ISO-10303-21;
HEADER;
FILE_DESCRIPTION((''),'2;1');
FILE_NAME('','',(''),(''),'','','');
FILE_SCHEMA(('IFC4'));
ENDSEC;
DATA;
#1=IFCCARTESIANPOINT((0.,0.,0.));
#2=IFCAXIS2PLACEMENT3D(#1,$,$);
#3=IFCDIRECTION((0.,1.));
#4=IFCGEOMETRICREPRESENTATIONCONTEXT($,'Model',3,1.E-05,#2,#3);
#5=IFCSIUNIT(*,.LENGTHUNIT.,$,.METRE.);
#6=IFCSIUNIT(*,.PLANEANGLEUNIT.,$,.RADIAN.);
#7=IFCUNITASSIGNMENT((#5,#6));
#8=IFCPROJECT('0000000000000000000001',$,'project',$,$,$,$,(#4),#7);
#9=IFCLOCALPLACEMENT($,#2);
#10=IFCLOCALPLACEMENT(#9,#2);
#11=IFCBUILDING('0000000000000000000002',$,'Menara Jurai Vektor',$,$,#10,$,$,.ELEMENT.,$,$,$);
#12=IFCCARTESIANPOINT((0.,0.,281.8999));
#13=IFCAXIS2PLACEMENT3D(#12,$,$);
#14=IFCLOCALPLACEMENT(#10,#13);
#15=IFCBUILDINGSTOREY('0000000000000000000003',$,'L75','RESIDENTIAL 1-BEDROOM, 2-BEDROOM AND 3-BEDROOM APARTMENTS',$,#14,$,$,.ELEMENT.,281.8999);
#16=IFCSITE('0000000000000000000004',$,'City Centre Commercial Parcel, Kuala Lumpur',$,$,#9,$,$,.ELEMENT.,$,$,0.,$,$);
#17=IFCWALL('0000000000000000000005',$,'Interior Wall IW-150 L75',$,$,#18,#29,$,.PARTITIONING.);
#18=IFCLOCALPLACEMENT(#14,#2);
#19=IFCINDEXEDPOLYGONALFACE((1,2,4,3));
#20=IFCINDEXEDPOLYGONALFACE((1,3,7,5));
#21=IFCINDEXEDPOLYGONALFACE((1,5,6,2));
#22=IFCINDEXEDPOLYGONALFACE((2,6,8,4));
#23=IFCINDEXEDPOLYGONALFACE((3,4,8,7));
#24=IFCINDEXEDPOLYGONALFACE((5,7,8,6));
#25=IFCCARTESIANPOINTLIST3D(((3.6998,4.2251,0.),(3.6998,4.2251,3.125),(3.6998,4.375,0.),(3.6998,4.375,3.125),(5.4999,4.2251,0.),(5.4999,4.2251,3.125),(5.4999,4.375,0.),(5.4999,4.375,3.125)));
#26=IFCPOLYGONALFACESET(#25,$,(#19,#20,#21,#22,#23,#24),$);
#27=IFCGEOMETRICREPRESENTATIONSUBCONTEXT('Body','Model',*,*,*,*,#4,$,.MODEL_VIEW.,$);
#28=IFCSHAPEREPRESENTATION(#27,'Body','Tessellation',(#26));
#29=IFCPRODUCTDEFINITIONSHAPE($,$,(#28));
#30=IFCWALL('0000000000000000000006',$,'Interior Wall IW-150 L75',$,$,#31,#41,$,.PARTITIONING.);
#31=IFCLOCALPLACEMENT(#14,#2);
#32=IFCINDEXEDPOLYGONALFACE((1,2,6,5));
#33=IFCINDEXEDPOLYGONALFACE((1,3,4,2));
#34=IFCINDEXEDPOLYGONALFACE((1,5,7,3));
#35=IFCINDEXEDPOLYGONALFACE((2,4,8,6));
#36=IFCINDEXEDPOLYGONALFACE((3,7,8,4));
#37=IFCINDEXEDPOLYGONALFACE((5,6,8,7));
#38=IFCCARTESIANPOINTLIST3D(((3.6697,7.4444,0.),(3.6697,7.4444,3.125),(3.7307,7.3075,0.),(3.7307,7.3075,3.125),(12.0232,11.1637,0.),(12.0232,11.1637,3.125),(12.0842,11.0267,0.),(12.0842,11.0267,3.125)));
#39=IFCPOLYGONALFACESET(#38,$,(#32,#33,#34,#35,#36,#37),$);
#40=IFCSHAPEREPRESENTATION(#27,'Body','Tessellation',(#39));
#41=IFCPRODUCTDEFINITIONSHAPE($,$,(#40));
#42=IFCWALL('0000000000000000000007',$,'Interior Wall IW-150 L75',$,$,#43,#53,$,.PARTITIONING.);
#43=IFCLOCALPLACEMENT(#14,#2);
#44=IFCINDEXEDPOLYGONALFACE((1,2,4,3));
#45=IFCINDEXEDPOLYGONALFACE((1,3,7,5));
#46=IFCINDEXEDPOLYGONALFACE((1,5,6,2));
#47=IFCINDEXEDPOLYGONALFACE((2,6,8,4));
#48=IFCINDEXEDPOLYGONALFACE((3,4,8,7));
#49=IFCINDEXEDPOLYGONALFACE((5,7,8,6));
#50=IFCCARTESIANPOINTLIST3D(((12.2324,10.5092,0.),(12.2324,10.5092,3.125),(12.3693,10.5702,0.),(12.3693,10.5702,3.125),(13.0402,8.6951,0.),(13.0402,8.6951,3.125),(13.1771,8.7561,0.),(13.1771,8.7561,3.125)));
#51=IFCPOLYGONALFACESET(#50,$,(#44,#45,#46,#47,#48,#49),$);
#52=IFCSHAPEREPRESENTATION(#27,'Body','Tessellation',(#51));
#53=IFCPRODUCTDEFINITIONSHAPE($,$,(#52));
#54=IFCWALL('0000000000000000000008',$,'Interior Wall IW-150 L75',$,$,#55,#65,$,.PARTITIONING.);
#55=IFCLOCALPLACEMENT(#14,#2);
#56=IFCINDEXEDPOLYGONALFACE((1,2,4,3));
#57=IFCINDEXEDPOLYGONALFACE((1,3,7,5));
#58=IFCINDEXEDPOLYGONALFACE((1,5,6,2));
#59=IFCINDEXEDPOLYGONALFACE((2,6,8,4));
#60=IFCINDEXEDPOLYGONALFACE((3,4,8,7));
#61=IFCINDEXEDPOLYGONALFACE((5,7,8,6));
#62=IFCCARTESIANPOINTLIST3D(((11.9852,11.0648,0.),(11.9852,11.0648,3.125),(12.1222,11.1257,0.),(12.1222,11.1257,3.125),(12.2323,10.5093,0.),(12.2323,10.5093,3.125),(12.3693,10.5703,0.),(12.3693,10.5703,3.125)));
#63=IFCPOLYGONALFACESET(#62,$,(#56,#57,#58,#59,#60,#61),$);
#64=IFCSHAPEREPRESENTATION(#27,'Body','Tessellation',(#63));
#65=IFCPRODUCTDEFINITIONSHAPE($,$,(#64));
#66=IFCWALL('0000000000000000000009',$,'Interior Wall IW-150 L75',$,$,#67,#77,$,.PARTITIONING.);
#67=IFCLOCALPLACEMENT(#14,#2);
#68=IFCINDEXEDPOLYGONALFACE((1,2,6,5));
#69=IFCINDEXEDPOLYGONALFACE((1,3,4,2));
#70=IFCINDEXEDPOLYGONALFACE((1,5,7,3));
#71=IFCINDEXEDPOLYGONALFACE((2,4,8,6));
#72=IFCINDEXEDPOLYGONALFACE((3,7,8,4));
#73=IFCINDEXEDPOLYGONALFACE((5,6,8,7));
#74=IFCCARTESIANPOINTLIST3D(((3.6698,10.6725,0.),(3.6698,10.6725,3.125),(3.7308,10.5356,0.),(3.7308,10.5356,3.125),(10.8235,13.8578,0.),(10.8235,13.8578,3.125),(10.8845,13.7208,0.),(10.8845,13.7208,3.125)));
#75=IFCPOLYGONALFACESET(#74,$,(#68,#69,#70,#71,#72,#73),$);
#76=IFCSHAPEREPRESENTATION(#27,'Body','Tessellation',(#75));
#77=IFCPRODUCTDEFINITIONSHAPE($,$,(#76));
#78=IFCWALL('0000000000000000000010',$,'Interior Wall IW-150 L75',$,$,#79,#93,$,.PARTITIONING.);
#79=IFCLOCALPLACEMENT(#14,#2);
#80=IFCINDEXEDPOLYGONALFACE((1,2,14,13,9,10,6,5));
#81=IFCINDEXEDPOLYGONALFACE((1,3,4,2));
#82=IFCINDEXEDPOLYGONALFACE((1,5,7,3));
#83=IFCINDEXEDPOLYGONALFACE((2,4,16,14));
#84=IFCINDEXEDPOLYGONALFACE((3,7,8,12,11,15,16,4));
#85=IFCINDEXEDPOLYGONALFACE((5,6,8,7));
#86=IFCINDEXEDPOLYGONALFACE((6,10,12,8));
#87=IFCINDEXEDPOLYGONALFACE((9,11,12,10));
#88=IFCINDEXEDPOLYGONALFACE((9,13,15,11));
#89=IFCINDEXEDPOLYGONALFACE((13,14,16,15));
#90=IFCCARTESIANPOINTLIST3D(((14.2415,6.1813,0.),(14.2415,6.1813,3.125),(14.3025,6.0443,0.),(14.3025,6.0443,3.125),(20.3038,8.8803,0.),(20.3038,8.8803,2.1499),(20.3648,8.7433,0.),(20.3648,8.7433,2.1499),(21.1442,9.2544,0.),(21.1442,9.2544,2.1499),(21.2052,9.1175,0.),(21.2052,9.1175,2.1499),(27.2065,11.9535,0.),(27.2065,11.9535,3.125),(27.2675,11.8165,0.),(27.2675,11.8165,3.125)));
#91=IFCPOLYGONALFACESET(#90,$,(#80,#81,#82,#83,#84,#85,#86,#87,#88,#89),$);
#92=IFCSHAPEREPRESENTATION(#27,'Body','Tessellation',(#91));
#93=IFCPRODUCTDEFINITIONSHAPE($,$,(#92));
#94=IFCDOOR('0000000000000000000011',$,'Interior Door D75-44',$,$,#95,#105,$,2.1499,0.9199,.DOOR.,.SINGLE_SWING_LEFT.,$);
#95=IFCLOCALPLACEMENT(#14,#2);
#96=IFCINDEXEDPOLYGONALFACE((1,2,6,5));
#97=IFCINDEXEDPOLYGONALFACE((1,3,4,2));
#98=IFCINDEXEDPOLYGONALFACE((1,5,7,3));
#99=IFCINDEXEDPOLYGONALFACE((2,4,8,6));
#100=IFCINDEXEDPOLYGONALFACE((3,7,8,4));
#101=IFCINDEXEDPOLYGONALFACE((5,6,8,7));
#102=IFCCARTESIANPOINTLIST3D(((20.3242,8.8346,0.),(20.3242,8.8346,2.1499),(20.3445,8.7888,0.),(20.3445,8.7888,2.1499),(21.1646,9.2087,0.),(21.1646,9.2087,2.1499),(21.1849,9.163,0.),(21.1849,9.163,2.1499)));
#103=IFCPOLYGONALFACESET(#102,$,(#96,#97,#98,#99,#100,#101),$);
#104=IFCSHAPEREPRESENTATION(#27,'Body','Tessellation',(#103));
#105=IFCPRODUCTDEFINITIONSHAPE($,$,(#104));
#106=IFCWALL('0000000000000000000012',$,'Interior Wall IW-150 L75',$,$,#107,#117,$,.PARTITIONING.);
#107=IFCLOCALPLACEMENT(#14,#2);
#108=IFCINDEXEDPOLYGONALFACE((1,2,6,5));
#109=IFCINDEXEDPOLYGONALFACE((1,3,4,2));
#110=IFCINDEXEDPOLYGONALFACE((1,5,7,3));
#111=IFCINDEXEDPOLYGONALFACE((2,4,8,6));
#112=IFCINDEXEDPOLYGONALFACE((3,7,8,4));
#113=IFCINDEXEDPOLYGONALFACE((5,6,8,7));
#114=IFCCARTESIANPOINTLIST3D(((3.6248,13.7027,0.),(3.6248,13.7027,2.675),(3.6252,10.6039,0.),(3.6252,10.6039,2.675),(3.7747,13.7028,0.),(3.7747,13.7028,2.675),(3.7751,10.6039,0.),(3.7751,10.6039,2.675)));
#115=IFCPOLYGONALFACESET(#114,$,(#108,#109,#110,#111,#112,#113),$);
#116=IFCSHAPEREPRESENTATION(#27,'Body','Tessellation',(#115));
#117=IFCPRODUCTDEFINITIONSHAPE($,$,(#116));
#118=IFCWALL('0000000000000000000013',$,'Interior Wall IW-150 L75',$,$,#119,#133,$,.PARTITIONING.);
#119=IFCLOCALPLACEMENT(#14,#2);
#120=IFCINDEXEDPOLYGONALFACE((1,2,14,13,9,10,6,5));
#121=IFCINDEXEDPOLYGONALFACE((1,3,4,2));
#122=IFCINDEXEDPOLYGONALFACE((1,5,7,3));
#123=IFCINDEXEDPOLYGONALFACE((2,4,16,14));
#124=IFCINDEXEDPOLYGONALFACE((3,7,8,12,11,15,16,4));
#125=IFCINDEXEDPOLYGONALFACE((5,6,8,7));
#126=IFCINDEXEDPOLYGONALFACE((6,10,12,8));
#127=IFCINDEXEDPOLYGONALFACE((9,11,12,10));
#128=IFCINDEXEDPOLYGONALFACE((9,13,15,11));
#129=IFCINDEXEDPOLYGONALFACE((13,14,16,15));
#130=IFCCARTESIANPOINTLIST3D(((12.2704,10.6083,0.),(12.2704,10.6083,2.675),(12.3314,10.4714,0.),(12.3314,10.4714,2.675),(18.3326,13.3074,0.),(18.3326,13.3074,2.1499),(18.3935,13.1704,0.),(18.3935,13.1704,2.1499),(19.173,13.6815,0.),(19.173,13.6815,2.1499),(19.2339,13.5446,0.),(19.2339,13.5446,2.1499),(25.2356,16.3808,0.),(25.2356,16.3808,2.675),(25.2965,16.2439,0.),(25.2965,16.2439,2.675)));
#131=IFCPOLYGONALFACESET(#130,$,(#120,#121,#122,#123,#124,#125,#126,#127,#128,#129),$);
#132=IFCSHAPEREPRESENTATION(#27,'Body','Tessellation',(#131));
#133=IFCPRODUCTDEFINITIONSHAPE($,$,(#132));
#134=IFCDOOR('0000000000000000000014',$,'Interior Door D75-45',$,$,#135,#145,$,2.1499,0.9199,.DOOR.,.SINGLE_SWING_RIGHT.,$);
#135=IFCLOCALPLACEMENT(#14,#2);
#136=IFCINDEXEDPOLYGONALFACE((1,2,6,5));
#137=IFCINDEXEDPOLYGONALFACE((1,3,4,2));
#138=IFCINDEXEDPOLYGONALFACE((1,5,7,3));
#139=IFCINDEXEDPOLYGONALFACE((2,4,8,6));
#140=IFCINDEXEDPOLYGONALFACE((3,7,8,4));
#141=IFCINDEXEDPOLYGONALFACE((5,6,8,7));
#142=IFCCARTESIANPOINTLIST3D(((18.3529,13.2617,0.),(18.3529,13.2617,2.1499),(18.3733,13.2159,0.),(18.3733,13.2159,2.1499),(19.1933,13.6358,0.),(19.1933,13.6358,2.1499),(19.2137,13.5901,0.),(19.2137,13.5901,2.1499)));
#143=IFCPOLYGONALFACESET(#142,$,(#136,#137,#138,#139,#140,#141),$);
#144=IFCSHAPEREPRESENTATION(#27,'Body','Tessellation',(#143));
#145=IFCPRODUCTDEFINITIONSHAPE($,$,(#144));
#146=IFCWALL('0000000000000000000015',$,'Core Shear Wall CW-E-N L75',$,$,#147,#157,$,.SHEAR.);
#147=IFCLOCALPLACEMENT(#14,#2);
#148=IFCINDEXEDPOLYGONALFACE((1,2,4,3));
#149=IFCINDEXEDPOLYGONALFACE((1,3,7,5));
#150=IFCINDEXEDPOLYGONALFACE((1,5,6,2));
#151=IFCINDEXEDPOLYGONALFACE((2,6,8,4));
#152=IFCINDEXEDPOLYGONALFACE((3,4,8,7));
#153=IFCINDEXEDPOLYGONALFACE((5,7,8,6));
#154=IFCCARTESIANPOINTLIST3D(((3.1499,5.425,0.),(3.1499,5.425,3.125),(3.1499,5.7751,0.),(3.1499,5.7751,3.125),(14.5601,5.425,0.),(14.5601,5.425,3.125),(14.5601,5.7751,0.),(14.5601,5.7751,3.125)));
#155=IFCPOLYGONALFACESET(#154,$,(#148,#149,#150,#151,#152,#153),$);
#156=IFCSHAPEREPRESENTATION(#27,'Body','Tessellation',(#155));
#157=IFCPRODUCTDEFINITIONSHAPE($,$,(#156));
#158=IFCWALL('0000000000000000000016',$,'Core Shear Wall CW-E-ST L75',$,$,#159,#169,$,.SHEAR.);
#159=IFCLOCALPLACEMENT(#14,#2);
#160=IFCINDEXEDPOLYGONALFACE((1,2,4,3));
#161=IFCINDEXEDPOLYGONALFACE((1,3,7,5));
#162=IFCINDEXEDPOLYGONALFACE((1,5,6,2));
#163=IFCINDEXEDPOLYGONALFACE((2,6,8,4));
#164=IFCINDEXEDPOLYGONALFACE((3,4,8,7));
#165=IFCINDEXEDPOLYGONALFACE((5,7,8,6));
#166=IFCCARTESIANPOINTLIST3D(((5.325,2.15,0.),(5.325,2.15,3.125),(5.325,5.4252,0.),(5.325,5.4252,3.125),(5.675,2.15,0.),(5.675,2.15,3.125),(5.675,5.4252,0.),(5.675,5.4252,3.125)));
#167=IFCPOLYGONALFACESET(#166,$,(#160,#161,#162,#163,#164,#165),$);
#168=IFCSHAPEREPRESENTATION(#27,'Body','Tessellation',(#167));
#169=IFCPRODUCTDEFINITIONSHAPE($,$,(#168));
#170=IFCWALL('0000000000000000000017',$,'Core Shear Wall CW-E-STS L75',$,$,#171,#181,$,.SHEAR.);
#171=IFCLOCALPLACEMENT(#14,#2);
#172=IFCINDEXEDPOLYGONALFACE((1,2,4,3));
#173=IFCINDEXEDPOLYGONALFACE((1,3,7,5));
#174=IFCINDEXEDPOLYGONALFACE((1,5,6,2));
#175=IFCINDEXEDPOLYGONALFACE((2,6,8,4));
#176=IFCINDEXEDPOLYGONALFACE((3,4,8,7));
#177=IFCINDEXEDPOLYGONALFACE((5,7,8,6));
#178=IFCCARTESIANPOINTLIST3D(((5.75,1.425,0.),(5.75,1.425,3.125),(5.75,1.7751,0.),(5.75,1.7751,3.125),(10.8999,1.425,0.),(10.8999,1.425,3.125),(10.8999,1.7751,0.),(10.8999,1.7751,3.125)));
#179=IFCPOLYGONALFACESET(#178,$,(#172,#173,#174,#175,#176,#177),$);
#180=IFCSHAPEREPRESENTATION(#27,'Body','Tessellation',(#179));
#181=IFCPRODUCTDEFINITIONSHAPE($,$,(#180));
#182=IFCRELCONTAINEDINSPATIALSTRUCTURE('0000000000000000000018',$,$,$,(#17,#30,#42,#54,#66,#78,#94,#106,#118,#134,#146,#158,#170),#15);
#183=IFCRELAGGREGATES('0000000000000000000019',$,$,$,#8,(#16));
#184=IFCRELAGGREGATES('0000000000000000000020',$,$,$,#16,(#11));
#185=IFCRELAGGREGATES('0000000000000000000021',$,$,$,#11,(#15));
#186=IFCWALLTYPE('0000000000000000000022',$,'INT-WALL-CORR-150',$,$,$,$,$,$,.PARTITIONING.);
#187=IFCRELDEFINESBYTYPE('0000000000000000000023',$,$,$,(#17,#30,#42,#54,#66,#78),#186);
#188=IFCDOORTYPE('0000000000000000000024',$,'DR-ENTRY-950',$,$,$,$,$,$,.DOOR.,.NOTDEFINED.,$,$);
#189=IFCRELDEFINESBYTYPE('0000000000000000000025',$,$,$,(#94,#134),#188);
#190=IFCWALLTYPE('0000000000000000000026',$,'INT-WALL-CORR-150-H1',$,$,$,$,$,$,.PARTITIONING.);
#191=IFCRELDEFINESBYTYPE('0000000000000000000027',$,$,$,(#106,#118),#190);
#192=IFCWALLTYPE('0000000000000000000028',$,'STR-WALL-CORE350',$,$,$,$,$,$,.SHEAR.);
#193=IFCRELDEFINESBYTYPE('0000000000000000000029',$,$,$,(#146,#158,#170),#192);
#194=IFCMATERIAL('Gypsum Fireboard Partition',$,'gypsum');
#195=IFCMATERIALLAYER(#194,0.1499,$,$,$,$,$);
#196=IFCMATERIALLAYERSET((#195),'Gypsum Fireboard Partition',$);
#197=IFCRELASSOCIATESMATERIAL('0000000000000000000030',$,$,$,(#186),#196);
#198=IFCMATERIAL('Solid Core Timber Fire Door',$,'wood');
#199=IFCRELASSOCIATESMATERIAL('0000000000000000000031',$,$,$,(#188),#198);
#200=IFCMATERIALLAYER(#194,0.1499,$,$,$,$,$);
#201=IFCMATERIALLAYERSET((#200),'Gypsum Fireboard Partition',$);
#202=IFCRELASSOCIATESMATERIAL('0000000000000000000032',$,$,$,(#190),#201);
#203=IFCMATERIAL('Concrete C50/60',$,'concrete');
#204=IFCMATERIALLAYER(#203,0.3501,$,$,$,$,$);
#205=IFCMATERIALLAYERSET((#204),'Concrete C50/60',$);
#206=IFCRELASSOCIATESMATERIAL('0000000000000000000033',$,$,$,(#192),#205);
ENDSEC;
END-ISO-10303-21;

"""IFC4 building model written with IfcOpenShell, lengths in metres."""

from ifc_helpers import new_model, si_unit, direction, frame, frame_2d, origin, place, context, subcontext, project, spatial, rectangle, extrude, material, layer, layer_set, type_object, element, fill, save


model = new_model("IFC4")

# Units and contexts
model_context = context("Model", 3, precision=1e-05, world=origin(), true_north=direction((0.0, 1.0)))
body_context = subcontext(model_context, "Body", "Model", "MODEL_VIEW")
ifc_project = project(units=[si_unit("LENGTHUNIT", "METRE"), si_unit("PLANEANGLEUNIT", "RADIAN")], contexts=[model_context])

# Site, building, storey
site_placement = place(None, origin())
site = spatial("IfcSite", under=ifc_project, at=site_placement, Name="City Centre Commercial Parcel, Kuala Lumpur", CompositionType="ELEMENT", RefElevation=0.0)
building_placement = place(site_placement, origin())
building = spatial("IfcBuilding", under=site, at=building_placement, Name="Menara Jurai Vektor", CompositionType="ELEMENT")
storey_placement = place(building_placement, frame((0.0, 0.0, 281.8999)))
storey = spatial("IfcBuildingStorey", under=building, at=storey_placement, Name="L75", Description="RESIDENTIAL 1-BEDROOM, 2-BEDROOM AND 3-BEDROOM APARTMENTS", CompositionType="ELEMENT", Elevation=281.8999)

# Shared definitions
ifc_material_1 = material(Name="Concrete C50/60", Category="concrete")

# Wall
ifc_material_2 = material(Name="Gypsum Fireboard Partition", Category="gypsum")
ifc_layer_1 = layer(ifc_material_2, 0.1499)
ifc_layer_set_1 = layer_set([ifc_layer_1], Name="Gypsum Fireboard Partition")
wall_type_1 = type_object("IfcWallType", Name="INT-WALL-CORR-150", PredefinedType="PARTITIONING", material=ifc_layer_set_1)
wall_1_placement = place(storey_placement, frame((3.7, 4.3, 0.0), z_axis=(0.0, 0.0, 1.0), x_axis=(1.0, 0.0, 0.0)))
element("IfcWall", 1, at=wall_1_placement, inside=storey, type_object=wall_type_1, Name="Interior Wall IW-150 L75", PredefinedType="PARTITIONING", context=body_context, shape_type="SweptSolid", body=[
    extrude(rectangle(XDim=1.8, YDim=0.1499, at=frame_2d((0.8999, 0.0))), origin(), (0.0, 0.0, 1.0), 3.125),
])

# Shared definitions
ifc_material_3 = material(Name="Solid Core Timber Fire Door", Category="wood")
door_type_1 = type_object("IfcDoorType", Name="DR-ENTRY-950", OperationType="NOTDEFINED", PredefinedType="DOOR", material=ifc_material_3)

# Walls
wall_2_placement = place(storey_placement, frame((3.7002, 7.376, 0.0), z_axis=(0.0, 0.0, 1.0), x_axis=(0.913545, 0.406738, 0.0)))
element("IfcWall", 2, at=wall_2_placement, inside=storey, type_object=wall_type_1, Name="Interior Wall IW-150 L75", PredefinedType="PARTITIONING", context=body_context, shape_type="SweptSolid", body=[
    extrude(rectangle(XDim=9.144, YDim=0.1499, at=frame_2d((4.572, 0.0))), origin(), (0.0, 0.0, 1.0), 3.125),
])
wall_3_placement = place(storey_placement, frame((13.1086, 8.7256, 0.0), z_axis=(0.0, 0.0, 1.0), x_axis=(-0.406789, 0.913522, 0.0)))
element("IfcWall", 3, at=wall_3_placement, inside=storey, type_object=wall_type_1, Name="Interior Wall IW-150 L75", PredefinedType="PARTITIONING", context=body_context, shape_type="SweptSolid", body=[
    extrude(rectangle(XDim=1.9858, YDim=0.1499, at=frame_2d((0.9929, 0.0))), origin(), (0.0, 0.0, 1.0), 3.125),
])
wall_4_placement = place(storey_placement, frame((12.3008, 10.5398, 0.0), z_axis=(0.0, 0.0, 1.0), x_axis=(-0.406437, 0.913679, 0.0)))
element("IfcWall", 4, at=wall_4_placement, inside=storey, type_object=wall_type_1, Name="Interior Wall IW-150 L75", PredefinedType="PARTITIONING", context=body_context, shape_type="SweptSolid", body=[
    extrude(rectangle(XDim=0.6079, YDim=0.1499, at=frame_2d((0.304, 0.0))), origin(), (0.0, 0.0, 1.0), 3.125),
])
wall_5_placement = place(storey_placement, frame((3.7002, 10.604, 0.0), z_axis=(0.0, 0.0, 1.0), x_axis=(0.913535, 0.40676, 0.0)))
element("IfcWall", 5, at=wall_5_placement, inside=storey, type_object=wall_type_1, Name="Interior Wall IW-150 L75", PredefinedType="PARTITIONING", context=body_context, shape_type="SweptSolid", body=[
    extrude(rectangle(XDim=7.8308, YDim=0.1499, at=frame_2d((3.9155, 0.0))), origin(), (0.0, 0.0, 1.0), 3.125),
])

# Wall, opening, door
wall_6_placement = place(storey_placement, frame((14.272, 6.1128, 0.0), z_axis=(0.0, 0.0, 1.0), x_axis=(0.913551, 0.406724, 0.0)))
wall_6 = element("IfcWall", 6, at=wall_6_placement, inside=storey, type_object=wall_type_1, Name="Interior Wall IW-150 L75", PredefinedType="PARTITIONING", context=body_context, shape_type="SweptSolid", body=[
    extrude(rectangle(XDim=14.1919, YDim=0.1499, at=frame_2d((7.0959, 0.0))), origin(), (0.0, 0.0, 1.0), 3.125),
])
opening_1_placement = place(wall_6_placement, frame((6.636, 0.0, 0.0)))
opening_1 = element("IfcOpeningElement", 7, at=opening_1_placement, cuts=wall_6, PredefinedType="OPENING", context=body_context, shape_type="SweptSolid", body=[
    extrude(rectangle(XDim=0.9199, YDim=2.1499, at=frame_2d((0.46, 1.075))), frame((0.0, 0.085, 0.0), z_axis=(0.0, -1.0, 0.0), x_axis=(1.0, 0.0, 0.0)), (0.0, 0.0, 1.0), 0.1699),
])
door_1_placement = place(opening_1_placement, origin())
door_1 = element("IfcDoor", 8, at=door_1_placement, inside=storey, type_object=door_type_1, Name="Interior Door D75-44", OperationType="SINGLE_SWING_LEFT", OverallHeight=2.1499, OverallWidth=0.9199, PredefinedType="DOOR", context=body_context, shape_type="SweptSolid", body=[
    extrude(rectangle(XDim=0.9199, YDim=2.1499, at=frame_2d((0.46, 1.075))), frame((0.0, 0.0249, 0.0), z_axis=(0.0, -1.0, 0.0), x_axis=(1.0, 0.0, 0.0)), (0.0, 0.0, 1.0), 0.05),
])
fill(opening_1, door_1)
ifc_layer_2 = layer(ifc_material_2, 0.1499)
ifc_layer_set_2 = layer_set([ifc_layer_2], Name="Gypsum Fireboard Partition")
wall_type_2 = type_object("IfcWallType", Name="INT-WALL-CORR-150-H1", PredefinedType="PARTITIONING", material=ifc_layer_set_2)

# Wall
wall_7_placement = place(storey_placement, frame((3.7002, 10.604, 0.0), z_axis=(0.0, 0.0, 1.0), x_axis=(-0.000158, 1.0, 0.0)))
element("IfcWall", 9, at=wall_7_placement, inside=storey, type_object=wall_type_2, Name="Interior Wall IW-150 L75", PredefinedType="PARTITIONING", context=body_context, shape_type="SweptSolid", body=[
    extrude(rectangle(XDim=3.0989, YDim=0.1499, at=frame_2d((1.5493, 0.0))), origin(), (0.0, 0.0, 1.0), 2.675),
])

# Wall, opening, door
wall_8_placement = place(storey_placement, frame((12.3008, 10.5398, 0.0), z_axis=(0.0, 0.0, 1.0), x_axis=(0.913545, 0.406739, 0.0)))
wall_8 = element("IfcWall", 10, at=wall_8_placement, inside=storey, type_object=wall_type_2, Name="Interior Wall IW-150 L75", PredefinedType="PARTITIONING", context=body_context, shape_type="SweptSolid", body=[
    extrude(rectangle(XDim=14.1921, YDim=0.1499, at=frame_2d((7.0962, 0.0))), origin(), (0.0, 0.0, 1.0), 2.675),
])
opening_2_placement = place(wall_8_placement, frame((6.636, 0.0, 0.0)))
opening_2 = element("IfcOpeningElement", 11, at=opening_2_placement, cuts=wall_8, PredefinedType="OPENING", context=body_context, shape_type="SweptSolid", body=[
    extrude(rectangle(XDim=0.9199, YDim=2.1499, at=frame_2d((0.46, 1.075))), frame((0.0, 0.085, 0.0), z_axis=(0.0, -1.0, 0.0), x_axis=(1.0, 0.0, 0.0)), (0.0, 0.0, 1.0), 0.1699),
])
door_2_placement = place(opening_2_placement, origin())
door_2 = element("IfcDoor", 12, at=door_2_placement, inside=storey, type_object=door_type_1, Name="Interior Door D75-45", OperationType="SINGLE_SWING_RIGHT", OverallHeight=2.1499, OverallWidth=0.9199, PredefinedType="DOOR", context=body_context, shape_type="SweptSolid", body=[
    extrude(rectangle(XDim=0.9199, YDim=2.1499, at=frame_2d((0.46, 1.075))), frame((0.0, 0.0249, 0.0), z_axis=(0.0, -1.0, 0.0), x_axis=(1.0, 0.0, 0.0)), (0.0, 0.0, 1.0), 0.05),
])
fill(opening_2, door_2)

# Walls
ifc_layer_3 = layer(ifc_material_1, 0.3501)
ifc_layer_set_3 = layer_set([ifc_layer_3], Name="Concrete C50/60")
wall_type_3 = type_object("IfcWallType", Name="STR-WALL-CORE350", PredefinedType="SHEAR", material=ifc_layer_set_3)
wall_9_placement = place(storey_placement, frame((3.1499, 5.6001, 0.0), z_axis=(0.0, 0.0, 1.0), x_axis=(1.0, 0.0, 0.0)))
element("IfcWall", 13, at=wall_9_placement, inside=storey, type_object=wall_type_3, Name="Core Shear Wall CW-E-N L75", PredefinedType="SHEAR", context=body_context, shape_type="SweptSolid", body=[
    extrude(rectangle(XDim=11.4102, YDim=0.3501, at=frame_2d((5.7051, 0.0))), origin(), (0.0, 0.0, 1.0), 3.125),
])
wall_10_placement = place(storey_placement, frame((5.5, 2.1499, 0.0), z_axis=(0.0, 0.0, 1.0), x_axis=(0.0, 1.0, 0.0)))
element("IfcWall", 14, at=wall_10_placement, inside=storey, type_object=wall_type_3, Name="Core Shear Wall CW-E-ST L75", PredefinedType="SHEAR", context=body_context, shape_type="SweptSolid", body=[
    extrude(rectangle(XDim=3.2751, YDim=0.3501, at=frame_2d((1.6377, 0.0))), origin(), (0.0, 0.0, 1.0), 3.125),
])
wall_11_placement = place(storey_placement, frame((5.75, 1.6001, 0.0), z_axis=(0.0, 0.0, 1.0), x_axis=(1.0, 0.0, 0.0)))
element("IfcWall", 15, at=wall_11_placement, inside=storey, type_object=wall_type_3, Name="Core Shear Wall CW-E-STS L75", PredefinedType="SHEAR", context=body_context, shape_type="SweptSolid", body=[
    extrude(rectangle(XDim=5.1499, YDim=0.3501, at=frame_2d((2.575, 0.0))), origin(), (0.0, 0.0, 1.0), 3.125),
])

save(model, "model.ifc")
